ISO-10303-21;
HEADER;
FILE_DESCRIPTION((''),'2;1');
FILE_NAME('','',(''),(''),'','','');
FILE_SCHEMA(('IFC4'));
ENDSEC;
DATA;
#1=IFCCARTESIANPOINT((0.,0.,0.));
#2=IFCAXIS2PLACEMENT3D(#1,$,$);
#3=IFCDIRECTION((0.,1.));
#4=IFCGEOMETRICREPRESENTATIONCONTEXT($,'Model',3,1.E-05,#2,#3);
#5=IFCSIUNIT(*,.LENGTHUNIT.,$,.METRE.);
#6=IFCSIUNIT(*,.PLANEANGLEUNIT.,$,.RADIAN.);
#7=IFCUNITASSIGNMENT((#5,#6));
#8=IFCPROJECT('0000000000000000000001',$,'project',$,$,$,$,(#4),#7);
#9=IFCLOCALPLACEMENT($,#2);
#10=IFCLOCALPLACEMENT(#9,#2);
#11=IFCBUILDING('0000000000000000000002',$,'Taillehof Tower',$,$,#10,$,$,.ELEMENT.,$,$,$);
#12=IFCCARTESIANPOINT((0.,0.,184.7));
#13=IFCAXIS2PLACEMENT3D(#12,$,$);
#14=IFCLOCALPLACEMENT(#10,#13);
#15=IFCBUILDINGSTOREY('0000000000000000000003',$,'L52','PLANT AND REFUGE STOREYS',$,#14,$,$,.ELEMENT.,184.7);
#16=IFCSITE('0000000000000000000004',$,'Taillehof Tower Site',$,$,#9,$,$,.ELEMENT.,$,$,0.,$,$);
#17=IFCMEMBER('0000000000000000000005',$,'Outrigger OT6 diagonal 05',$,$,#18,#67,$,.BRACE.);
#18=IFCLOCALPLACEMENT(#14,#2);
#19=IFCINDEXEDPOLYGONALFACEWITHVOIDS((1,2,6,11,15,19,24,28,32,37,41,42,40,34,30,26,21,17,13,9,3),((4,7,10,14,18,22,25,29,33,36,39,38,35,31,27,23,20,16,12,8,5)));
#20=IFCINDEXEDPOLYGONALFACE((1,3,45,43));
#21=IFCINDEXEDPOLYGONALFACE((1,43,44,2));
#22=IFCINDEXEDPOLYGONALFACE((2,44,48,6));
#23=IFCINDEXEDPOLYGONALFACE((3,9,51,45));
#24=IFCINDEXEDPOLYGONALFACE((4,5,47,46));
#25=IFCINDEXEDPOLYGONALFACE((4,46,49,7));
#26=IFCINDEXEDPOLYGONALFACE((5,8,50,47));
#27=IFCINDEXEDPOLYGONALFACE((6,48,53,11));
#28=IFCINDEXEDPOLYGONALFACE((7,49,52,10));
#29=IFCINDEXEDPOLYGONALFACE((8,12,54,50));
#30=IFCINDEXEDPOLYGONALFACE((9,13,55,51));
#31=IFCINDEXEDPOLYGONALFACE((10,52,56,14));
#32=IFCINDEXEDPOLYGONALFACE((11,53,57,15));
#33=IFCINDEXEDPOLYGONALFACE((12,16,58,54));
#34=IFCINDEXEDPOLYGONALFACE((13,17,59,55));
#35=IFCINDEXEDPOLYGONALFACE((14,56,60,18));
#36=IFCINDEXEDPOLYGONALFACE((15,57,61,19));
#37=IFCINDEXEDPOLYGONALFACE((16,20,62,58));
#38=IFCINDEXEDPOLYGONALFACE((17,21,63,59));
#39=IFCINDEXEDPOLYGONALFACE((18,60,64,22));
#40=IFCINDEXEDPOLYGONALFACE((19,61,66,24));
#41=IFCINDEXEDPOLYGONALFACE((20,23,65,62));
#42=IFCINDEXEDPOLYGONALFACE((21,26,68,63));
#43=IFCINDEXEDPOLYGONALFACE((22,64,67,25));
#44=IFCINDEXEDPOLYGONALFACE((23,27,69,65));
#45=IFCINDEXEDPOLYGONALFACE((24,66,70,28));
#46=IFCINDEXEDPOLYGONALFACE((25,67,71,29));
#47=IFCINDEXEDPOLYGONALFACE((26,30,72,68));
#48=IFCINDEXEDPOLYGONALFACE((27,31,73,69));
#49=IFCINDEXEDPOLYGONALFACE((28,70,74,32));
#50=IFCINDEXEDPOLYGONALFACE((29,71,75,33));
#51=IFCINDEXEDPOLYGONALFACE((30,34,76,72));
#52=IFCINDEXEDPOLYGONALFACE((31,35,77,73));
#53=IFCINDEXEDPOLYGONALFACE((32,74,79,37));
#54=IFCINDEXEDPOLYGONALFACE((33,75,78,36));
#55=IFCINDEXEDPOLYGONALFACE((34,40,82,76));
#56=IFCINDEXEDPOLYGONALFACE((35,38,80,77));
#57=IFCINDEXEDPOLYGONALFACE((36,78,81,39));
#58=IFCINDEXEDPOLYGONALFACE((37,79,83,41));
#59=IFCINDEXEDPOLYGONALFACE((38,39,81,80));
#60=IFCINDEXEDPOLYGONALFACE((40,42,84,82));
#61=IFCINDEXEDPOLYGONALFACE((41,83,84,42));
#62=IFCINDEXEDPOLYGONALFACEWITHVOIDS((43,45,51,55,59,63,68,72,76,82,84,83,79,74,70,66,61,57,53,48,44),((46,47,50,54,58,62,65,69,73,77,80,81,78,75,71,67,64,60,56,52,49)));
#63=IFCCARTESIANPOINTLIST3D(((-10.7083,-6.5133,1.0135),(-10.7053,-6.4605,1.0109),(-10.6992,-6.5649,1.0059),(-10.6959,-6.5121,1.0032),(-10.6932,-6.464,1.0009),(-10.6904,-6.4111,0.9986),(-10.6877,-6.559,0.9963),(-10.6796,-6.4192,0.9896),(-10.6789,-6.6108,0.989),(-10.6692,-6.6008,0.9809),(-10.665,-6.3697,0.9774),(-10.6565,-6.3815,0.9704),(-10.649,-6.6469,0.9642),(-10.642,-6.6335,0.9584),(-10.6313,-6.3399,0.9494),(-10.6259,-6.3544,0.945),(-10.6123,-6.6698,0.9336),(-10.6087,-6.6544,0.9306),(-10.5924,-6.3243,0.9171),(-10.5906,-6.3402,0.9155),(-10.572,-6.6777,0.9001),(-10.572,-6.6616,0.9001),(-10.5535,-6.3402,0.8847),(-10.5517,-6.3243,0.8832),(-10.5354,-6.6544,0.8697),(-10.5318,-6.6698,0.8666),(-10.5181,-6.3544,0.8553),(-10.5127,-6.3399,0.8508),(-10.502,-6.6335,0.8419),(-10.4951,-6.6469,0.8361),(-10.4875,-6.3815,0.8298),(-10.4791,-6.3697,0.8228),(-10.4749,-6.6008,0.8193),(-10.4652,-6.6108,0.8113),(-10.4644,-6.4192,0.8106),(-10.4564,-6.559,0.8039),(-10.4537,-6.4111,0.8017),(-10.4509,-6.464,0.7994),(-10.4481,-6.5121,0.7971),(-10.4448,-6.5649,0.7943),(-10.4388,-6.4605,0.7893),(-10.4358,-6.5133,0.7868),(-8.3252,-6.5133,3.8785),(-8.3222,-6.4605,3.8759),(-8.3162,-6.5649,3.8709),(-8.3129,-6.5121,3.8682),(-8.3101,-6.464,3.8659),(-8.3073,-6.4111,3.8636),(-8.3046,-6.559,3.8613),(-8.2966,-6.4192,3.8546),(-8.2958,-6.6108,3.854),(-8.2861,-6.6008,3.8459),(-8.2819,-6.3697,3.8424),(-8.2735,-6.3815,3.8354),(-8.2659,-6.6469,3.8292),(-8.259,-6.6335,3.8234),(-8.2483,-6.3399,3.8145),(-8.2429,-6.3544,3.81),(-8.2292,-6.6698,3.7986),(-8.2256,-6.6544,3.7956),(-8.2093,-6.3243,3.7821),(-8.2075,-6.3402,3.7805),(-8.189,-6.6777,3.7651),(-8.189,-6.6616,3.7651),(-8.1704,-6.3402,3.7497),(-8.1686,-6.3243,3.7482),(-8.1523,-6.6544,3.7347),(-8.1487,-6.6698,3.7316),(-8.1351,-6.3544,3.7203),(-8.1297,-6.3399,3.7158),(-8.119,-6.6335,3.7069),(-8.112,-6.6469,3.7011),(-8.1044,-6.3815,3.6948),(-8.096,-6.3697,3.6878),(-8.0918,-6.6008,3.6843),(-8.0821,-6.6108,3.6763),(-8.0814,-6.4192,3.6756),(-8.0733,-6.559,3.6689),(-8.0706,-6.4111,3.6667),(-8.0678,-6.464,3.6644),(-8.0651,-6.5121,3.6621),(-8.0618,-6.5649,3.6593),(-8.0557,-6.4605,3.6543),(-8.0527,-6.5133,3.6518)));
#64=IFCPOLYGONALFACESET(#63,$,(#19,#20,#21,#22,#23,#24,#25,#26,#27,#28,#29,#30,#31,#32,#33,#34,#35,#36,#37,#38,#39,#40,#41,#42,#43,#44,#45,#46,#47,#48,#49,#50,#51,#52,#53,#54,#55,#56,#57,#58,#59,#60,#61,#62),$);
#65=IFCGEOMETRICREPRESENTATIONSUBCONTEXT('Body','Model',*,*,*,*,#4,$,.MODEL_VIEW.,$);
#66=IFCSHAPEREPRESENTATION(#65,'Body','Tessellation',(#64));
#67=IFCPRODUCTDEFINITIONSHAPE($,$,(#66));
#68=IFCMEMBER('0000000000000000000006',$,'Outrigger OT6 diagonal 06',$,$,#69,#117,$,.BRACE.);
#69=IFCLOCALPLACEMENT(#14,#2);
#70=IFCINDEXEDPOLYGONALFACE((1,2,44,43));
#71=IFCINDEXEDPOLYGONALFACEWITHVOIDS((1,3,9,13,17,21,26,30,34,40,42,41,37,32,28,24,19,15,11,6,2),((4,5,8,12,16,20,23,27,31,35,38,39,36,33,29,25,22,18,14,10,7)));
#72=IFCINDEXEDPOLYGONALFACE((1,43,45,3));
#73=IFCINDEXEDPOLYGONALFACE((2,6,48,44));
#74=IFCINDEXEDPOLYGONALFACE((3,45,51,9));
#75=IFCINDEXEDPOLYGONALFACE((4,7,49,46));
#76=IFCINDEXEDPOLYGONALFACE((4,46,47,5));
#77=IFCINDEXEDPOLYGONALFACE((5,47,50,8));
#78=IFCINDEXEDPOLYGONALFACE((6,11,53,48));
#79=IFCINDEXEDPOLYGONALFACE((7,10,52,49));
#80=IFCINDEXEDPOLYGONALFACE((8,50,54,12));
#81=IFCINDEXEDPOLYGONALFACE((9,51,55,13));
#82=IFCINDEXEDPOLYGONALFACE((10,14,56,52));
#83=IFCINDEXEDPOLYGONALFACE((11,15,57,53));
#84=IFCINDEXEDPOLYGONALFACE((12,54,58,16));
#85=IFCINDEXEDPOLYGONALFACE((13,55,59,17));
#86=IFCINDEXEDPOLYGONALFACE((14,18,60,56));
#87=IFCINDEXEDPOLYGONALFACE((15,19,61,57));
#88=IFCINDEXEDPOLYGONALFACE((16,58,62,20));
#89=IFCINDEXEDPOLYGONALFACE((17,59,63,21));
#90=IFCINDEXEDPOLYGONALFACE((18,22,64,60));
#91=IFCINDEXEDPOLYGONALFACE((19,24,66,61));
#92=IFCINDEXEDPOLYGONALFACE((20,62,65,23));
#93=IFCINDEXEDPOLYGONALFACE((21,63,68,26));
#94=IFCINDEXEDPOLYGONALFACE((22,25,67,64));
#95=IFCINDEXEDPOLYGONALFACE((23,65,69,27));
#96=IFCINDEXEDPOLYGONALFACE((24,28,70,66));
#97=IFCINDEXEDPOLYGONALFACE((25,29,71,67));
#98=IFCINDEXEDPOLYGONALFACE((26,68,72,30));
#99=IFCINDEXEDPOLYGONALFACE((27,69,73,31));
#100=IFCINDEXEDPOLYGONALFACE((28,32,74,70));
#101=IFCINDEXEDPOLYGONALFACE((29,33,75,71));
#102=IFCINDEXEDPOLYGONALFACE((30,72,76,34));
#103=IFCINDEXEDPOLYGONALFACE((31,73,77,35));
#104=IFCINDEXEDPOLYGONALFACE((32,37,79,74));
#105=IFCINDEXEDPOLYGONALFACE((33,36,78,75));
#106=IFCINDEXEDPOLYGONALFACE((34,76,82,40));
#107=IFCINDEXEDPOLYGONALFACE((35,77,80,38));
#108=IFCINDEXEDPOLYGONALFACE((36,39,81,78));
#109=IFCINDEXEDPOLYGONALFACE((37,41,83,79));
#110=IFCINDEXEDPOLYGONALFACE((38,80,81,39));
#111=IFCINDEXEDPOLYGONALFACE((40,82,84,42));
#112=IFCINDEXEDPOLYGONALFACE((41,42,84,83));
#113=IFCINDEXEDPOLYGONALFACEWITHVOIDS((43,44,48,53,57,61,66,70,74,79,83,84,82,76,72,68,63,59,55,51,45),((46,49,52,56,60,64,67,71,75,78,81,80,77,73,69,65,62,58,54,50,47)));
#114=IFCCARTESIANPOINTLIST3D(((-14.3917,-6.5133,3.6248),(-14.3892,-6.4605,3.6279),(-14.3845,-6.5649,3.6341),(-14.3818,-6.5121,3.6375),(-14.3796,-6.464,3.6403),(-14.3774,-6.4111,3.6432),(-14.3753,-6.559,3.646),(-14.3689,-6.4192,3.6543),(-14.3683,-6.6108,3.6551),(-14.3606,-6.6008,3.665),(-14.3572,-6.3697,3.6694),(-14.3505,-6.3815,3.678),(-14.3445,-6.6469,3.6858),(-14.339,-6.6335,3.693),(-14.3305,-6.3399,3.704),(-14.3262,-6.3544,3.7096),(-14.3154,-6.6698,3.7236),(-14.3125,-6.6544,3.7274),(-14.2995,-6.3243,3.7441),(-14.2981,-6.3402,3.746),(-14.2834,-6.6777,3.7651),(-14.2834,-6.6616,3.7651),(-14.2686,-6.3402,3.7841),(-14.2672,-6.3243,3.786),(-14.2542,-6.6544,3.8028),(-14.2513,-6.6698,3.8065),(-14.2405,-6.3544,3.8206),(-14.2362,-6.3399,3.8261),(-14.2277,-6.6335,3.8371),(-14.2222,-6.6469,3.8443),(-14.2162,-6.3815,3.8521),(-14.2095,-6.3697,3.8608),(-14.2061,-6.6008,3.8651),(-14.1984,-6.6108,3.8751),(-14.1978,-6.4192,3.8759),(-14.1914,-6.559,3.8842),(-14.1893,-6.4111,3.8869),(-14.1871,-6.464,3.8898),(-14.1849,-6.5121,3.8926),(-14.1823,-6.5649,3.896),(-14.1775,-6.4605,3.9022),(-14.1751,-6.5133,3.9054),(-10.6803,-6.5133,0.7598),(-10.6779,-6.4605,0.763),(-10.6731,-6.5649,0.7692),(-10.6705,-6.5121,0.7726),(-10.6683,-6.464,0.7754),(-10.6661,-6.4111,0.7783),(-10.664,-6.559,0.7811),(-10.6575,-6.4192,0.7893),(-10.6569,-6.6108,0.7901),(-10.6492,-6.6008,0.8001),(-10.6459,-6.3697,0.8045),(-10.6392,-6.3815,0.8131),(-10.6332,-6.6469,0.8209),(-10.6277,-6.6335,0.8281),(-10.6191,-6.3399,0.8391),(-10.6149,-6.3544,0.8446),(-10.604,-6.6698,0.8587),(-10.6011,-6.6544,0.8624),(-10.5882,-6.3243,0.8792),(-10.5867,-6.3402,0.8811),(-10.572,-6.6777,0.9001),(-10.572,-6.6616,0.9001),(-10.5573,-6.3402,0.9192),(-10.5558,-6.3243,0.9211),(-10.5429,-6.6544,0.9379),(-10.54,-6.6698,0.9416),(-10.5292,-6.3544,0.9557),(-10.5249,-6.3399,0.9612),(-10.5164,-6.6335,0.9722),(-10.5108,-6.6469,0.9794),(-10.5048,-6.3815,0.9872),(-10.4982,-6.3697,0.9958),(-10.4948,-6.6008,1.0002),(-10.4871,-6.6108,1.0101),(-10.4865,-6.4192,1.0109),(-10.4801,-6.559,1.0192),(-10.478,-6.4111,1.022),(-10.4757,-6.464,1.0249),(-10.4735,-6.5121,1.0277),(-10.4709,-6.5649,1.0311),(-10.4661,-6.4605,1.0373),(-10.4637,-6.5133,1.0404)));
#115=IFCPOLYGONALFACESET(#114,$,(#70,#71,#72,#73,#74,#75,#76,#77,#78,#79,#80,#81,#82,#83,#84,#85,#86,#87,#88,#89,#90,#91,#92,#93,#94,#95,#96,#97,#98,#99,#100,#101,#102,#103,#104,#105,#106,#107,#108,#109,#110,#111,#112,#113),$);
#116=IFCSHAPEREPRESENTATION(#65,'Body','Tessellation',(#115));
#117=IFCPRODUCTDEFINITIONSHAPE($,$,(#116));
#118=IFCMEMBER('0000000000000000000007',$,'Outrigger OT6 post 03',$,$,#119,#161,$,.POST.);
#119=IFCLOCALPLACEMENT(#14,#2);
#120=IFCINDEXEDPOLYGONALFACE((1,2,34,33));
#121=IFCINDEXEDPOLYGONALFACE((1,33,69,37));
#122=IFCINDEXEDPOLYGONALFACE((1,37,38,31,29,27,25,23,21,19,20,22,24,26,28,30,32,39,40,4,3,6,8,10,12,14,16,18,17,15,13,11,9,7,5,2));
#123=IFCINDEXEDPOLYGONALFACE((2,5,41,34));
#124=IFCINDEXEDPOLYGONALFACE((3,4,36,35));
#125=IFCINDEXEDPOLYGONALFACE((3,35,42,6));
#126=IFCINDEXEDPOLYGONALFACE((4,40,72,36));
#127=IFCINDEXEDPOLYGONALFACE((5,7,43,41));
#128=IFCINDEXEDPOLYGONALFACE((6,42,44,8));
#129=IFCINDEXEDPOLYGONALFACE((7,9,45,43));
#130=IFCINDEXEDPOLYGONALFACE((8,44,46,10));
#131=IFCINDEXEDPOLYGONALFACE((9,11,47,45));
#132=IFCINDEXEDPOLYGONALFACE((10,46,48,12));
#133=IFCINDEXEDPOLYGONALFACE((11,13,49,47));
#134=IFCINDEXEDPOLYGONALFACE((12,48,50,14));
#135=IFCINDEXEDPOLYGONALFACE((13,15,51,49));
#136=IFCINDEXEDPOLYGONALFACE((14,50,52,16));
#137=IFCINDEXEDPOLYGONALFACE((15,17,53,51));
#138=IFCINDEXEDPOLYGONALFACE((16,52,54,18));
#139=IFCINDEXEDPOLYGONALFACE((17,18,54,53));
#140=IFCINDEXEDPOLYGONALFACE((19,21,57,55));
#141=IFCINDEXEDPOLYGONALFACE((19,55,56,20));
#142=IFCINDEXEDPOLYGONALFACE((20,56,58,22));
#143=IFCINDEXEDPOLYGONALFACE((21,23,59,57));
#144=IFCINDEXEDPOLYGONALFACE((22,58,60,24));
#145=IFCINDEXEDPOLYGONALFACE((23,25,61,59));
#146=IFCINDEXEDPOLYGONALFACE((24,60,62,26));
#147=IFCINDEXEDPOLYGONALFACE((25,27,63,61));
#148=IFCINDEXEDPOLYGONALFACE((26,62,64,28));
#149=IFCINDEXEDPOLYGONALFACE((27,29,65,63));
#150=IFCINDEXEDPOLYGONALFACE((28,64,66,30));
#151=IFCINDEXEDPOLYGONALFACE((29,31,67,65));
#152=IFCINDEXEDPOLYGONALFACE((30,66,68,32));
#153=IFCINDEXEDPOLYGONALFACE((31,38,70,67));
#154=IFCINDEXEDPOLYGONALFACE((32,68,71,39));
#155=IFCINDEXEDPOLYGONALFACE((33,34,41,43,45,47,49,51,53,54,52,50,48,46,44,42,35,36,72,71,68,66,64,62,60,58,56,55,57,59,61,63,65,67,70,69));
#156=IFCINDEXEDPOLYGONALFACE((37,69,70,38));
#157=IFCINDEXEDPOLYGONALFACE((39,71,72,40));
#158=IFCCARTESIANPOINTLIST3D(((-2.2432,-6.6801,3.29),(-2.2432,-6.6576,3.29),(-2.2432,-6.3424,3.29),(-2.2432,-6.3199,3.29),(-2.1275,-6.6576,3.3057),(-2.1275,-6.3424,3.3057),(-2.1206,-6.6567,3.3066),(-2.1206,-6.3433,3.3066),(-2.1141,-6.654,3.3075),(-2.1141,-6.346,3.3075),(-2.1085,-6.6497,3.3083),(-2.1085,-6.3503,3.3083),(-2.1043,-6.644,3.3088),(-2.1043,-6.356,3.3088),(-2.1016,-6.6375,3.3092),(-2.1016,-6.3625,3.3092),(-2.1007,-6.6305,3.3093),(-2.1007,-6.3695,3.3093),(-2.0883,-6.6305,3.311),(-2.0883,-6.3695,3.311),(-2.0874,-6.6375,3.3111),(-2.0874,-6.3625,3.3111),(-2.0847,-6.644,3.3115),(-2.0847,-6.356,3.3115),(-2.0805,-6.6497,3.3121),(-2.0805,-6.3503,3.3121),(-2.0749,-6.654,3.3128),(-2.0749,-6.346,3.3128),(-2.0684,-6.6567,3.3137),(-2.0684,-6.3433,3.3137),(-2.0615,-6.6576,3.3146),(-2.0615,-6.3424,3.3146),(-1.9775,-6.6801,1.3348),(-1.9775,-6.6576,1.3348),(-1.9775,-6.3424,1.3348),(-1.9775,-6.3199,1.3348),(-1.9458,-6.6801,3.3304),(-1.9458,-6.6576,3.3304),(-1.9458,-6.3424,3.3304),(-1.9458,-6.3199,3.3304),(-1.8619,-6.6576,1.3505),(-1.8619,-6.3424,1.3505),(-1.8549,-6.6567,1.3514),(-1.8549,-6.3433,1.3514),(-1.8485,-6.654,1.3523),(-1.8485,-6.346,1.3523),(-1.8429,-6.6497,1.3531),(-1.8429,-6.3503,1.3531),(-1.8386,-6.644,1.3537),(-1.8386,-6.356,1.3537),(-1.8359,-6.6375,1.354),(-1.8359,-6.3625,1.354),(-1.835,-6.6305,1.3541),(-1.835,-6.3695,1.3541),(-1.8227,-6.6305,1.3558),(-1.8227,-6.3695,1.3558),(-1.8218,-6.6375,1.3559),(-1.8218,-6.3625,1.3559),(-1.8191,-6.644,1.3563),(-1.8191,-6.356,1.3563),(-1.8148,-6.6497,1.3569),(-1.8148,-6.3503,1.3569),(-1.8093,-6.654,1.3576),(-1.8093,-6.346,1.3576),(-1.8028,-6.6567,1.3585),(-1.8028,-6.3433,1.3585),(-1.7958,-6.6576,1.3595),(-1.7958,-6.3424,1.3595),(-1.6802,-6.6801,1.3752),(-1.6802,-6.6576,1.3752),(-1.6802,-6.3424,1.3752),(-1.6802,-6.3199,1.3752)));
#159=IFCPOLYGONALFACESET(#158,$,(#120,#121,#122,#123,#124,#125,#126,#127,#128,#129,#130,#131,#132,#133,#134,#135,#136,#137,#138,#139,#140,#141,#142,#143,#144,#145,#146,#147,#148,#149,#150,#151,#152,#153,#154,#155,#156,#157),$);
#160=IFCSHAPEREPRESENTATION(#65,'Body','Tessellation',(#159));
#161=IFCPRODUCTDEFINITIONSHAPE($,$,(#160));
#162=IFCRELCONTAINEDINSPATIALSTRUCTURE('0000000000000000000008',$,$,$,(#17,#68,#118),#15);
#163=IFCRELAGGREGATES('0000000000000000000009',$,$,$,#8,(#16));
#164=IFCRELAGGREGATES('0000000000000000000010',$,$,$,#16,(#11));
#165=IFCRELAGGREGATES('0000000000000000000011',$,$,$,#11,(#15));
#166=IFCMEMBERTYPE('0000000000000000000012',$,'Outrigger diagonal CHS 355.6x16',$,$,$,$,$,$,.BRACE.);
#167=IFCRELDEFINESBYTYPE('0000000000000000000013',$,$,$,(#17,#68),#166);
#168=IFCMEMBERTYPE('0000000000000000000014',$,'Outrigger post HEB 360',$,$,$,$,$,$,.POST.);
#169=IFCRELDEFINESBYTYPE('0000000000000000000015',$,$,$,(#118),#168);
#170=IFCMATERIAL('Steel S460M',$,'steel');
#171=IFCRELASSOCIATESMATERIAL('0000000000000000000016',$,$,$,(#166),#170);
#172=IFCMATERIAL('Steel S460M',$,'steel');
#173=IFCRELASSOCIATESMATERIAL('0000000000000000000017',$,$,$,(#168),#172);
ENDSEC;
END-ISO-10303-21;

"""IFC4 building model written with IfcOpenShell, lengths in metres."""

from ifc_helpers import new_model, si_unit, direction, frame, origin, origin_2d, place, context, subcontext, project, spatial, hollow_circle, i_section, extrude, material, material_profile, profile_set, type_object, element, save


model = new_model("IFC4")

# Units and contexts
model_context = context("Model", 3, precision=1e-05, world=origin(), true_north=direction((0.0, 1.0)))
body_context = subcontext(model_context, "Body", "Model", "MODEL_VIEW")
ifc_project = project(units=[si_unit("LENGTHUNIT", "METRE"), si_unit("PLANEANGLEUNIT", "RADIAN")], contexts=[model_context])

# Site, building, storey
site_placement = place(None, origin())
site = spatial("IfcSite", under=ifc_project, at=site_placement, Name="Taillehof Tower Site", CompositionType="ELEMENT", RefElevation=0.0)
building_placement = place(site_placement, origin())
building = spatial("IfcBuilding", under=site, at=building_placement, Name="Taillehof Tower", CompositionType="ELEMENT")
storey_placement = place(building_placement, frame((0.0, 0.0, 184.7)))
storey = spatial("IfcBuildingStorey", under=building, at=storey_placement, Name="L52", Description="PLANT AND REFUGE STOREYS", CompositionType="ELEMENT", Elevation=184.7)

# Members
ifc_material_1 = material(Name="Steel S460M", Category="steel")
ifc_material_profile_1 = material_profile(ifc_material_1, hollow_circle(Radius=0.1777, WallThickness=0.0161, at=origin_2d()), Name="CHS 355.6x16")
ifc_profile_set_1 = profile_set([ifc_material_profile_1], Name="Steel S460M")
member_type_1 = type_object("IfcMemberType", Name="Outrigger diagonal CHS 355.6x16", PredefinedType="BRACE", material=ifc_profile_set_1)
member_1_placement = place(storey_placement, frame((-8.189, -6.5, 3.7651), z_axis=(-0.639482, 0.0, -0.768806), x_axis=(0.0, -1.0, 0.0)))
element("IfcMember", 1, at=member_1_placement, inside=storey, type_object=member_type_1, Name="Outrigger OT6 diagonal 05", PredefinedType="BRACE", context=body_context, shape_type="SweptSolid", body=[
    extrude(hollow_circle(Radius=0.1777, WallThickness=0.0161, at=origin_2d()), origin(), (0.0, 0.0, 1.0), 3.7266),
])
member_2_placement = place(storey_placement, frame((-10.572, -6.5, 0.9001), z_axis=(-0.791587, 0.0, 0.611056), x_axis=(0.0, -1.0, 0.0)))
element("IfcMember", 2, at=member_2_placement, inside=storey, type_object=member_type_1, Name="Outrigger OT6 diagonal 06", PredefinedType="BRACE", context=body_context, shape_type="SweptSolid", body=[
    extrude(hollow_circle(Radius=0.1777, WallThickness=0.0161, at=origin_2d()), origin(), (0.0, 0.0, 1.0), 4.6885),
])
ifc_material_2 = material(Name="Steel S460M", Category="steel")
ifc_material_profile_2 = material_profile(ifc_material_2, i_section(OverallWidth=0.3, OverallDepth=0.3601, WebThickness=0.0125, FlangeThickness=0.0225, FilletRadius=0.0271, at=origin_2d()), Name="HEB 360")
ifc_profile_set_2 = profile_set([ifc_material_profile_2], Name="Steel S460M")
member_type_2 = type_object("IfcMemberType", Name="Outrigger post HEB 360", PredefinedType="POST", material=ifc_profile_set_2)
member_3_placement = place(storey_placement, frame((-1.8289, -6.5, 1.355), z_axis=(-0.134627, 0.0, 0.990896), x_axis=(0.990896, 0.0, 0.134627)))
element("IfcMember", 3, at=member_3_placement, inside=storey, type_object=member_type_2, Name="Outrigger OT6 post 03", PredefinedType="POST", context=body_context, shape_type="SweptSolid", body=[
    extrude(i_section(OverallWidth=0.3, OverallDepth=0.3601, WebThickness=0.0125, FlangeThickness=0.0225, FilletRadius=0.0271, at=origin_2d()), origin(), (0.0, 0.0, 1.0), 1.9731),
])

save(model, "model.ifc")
